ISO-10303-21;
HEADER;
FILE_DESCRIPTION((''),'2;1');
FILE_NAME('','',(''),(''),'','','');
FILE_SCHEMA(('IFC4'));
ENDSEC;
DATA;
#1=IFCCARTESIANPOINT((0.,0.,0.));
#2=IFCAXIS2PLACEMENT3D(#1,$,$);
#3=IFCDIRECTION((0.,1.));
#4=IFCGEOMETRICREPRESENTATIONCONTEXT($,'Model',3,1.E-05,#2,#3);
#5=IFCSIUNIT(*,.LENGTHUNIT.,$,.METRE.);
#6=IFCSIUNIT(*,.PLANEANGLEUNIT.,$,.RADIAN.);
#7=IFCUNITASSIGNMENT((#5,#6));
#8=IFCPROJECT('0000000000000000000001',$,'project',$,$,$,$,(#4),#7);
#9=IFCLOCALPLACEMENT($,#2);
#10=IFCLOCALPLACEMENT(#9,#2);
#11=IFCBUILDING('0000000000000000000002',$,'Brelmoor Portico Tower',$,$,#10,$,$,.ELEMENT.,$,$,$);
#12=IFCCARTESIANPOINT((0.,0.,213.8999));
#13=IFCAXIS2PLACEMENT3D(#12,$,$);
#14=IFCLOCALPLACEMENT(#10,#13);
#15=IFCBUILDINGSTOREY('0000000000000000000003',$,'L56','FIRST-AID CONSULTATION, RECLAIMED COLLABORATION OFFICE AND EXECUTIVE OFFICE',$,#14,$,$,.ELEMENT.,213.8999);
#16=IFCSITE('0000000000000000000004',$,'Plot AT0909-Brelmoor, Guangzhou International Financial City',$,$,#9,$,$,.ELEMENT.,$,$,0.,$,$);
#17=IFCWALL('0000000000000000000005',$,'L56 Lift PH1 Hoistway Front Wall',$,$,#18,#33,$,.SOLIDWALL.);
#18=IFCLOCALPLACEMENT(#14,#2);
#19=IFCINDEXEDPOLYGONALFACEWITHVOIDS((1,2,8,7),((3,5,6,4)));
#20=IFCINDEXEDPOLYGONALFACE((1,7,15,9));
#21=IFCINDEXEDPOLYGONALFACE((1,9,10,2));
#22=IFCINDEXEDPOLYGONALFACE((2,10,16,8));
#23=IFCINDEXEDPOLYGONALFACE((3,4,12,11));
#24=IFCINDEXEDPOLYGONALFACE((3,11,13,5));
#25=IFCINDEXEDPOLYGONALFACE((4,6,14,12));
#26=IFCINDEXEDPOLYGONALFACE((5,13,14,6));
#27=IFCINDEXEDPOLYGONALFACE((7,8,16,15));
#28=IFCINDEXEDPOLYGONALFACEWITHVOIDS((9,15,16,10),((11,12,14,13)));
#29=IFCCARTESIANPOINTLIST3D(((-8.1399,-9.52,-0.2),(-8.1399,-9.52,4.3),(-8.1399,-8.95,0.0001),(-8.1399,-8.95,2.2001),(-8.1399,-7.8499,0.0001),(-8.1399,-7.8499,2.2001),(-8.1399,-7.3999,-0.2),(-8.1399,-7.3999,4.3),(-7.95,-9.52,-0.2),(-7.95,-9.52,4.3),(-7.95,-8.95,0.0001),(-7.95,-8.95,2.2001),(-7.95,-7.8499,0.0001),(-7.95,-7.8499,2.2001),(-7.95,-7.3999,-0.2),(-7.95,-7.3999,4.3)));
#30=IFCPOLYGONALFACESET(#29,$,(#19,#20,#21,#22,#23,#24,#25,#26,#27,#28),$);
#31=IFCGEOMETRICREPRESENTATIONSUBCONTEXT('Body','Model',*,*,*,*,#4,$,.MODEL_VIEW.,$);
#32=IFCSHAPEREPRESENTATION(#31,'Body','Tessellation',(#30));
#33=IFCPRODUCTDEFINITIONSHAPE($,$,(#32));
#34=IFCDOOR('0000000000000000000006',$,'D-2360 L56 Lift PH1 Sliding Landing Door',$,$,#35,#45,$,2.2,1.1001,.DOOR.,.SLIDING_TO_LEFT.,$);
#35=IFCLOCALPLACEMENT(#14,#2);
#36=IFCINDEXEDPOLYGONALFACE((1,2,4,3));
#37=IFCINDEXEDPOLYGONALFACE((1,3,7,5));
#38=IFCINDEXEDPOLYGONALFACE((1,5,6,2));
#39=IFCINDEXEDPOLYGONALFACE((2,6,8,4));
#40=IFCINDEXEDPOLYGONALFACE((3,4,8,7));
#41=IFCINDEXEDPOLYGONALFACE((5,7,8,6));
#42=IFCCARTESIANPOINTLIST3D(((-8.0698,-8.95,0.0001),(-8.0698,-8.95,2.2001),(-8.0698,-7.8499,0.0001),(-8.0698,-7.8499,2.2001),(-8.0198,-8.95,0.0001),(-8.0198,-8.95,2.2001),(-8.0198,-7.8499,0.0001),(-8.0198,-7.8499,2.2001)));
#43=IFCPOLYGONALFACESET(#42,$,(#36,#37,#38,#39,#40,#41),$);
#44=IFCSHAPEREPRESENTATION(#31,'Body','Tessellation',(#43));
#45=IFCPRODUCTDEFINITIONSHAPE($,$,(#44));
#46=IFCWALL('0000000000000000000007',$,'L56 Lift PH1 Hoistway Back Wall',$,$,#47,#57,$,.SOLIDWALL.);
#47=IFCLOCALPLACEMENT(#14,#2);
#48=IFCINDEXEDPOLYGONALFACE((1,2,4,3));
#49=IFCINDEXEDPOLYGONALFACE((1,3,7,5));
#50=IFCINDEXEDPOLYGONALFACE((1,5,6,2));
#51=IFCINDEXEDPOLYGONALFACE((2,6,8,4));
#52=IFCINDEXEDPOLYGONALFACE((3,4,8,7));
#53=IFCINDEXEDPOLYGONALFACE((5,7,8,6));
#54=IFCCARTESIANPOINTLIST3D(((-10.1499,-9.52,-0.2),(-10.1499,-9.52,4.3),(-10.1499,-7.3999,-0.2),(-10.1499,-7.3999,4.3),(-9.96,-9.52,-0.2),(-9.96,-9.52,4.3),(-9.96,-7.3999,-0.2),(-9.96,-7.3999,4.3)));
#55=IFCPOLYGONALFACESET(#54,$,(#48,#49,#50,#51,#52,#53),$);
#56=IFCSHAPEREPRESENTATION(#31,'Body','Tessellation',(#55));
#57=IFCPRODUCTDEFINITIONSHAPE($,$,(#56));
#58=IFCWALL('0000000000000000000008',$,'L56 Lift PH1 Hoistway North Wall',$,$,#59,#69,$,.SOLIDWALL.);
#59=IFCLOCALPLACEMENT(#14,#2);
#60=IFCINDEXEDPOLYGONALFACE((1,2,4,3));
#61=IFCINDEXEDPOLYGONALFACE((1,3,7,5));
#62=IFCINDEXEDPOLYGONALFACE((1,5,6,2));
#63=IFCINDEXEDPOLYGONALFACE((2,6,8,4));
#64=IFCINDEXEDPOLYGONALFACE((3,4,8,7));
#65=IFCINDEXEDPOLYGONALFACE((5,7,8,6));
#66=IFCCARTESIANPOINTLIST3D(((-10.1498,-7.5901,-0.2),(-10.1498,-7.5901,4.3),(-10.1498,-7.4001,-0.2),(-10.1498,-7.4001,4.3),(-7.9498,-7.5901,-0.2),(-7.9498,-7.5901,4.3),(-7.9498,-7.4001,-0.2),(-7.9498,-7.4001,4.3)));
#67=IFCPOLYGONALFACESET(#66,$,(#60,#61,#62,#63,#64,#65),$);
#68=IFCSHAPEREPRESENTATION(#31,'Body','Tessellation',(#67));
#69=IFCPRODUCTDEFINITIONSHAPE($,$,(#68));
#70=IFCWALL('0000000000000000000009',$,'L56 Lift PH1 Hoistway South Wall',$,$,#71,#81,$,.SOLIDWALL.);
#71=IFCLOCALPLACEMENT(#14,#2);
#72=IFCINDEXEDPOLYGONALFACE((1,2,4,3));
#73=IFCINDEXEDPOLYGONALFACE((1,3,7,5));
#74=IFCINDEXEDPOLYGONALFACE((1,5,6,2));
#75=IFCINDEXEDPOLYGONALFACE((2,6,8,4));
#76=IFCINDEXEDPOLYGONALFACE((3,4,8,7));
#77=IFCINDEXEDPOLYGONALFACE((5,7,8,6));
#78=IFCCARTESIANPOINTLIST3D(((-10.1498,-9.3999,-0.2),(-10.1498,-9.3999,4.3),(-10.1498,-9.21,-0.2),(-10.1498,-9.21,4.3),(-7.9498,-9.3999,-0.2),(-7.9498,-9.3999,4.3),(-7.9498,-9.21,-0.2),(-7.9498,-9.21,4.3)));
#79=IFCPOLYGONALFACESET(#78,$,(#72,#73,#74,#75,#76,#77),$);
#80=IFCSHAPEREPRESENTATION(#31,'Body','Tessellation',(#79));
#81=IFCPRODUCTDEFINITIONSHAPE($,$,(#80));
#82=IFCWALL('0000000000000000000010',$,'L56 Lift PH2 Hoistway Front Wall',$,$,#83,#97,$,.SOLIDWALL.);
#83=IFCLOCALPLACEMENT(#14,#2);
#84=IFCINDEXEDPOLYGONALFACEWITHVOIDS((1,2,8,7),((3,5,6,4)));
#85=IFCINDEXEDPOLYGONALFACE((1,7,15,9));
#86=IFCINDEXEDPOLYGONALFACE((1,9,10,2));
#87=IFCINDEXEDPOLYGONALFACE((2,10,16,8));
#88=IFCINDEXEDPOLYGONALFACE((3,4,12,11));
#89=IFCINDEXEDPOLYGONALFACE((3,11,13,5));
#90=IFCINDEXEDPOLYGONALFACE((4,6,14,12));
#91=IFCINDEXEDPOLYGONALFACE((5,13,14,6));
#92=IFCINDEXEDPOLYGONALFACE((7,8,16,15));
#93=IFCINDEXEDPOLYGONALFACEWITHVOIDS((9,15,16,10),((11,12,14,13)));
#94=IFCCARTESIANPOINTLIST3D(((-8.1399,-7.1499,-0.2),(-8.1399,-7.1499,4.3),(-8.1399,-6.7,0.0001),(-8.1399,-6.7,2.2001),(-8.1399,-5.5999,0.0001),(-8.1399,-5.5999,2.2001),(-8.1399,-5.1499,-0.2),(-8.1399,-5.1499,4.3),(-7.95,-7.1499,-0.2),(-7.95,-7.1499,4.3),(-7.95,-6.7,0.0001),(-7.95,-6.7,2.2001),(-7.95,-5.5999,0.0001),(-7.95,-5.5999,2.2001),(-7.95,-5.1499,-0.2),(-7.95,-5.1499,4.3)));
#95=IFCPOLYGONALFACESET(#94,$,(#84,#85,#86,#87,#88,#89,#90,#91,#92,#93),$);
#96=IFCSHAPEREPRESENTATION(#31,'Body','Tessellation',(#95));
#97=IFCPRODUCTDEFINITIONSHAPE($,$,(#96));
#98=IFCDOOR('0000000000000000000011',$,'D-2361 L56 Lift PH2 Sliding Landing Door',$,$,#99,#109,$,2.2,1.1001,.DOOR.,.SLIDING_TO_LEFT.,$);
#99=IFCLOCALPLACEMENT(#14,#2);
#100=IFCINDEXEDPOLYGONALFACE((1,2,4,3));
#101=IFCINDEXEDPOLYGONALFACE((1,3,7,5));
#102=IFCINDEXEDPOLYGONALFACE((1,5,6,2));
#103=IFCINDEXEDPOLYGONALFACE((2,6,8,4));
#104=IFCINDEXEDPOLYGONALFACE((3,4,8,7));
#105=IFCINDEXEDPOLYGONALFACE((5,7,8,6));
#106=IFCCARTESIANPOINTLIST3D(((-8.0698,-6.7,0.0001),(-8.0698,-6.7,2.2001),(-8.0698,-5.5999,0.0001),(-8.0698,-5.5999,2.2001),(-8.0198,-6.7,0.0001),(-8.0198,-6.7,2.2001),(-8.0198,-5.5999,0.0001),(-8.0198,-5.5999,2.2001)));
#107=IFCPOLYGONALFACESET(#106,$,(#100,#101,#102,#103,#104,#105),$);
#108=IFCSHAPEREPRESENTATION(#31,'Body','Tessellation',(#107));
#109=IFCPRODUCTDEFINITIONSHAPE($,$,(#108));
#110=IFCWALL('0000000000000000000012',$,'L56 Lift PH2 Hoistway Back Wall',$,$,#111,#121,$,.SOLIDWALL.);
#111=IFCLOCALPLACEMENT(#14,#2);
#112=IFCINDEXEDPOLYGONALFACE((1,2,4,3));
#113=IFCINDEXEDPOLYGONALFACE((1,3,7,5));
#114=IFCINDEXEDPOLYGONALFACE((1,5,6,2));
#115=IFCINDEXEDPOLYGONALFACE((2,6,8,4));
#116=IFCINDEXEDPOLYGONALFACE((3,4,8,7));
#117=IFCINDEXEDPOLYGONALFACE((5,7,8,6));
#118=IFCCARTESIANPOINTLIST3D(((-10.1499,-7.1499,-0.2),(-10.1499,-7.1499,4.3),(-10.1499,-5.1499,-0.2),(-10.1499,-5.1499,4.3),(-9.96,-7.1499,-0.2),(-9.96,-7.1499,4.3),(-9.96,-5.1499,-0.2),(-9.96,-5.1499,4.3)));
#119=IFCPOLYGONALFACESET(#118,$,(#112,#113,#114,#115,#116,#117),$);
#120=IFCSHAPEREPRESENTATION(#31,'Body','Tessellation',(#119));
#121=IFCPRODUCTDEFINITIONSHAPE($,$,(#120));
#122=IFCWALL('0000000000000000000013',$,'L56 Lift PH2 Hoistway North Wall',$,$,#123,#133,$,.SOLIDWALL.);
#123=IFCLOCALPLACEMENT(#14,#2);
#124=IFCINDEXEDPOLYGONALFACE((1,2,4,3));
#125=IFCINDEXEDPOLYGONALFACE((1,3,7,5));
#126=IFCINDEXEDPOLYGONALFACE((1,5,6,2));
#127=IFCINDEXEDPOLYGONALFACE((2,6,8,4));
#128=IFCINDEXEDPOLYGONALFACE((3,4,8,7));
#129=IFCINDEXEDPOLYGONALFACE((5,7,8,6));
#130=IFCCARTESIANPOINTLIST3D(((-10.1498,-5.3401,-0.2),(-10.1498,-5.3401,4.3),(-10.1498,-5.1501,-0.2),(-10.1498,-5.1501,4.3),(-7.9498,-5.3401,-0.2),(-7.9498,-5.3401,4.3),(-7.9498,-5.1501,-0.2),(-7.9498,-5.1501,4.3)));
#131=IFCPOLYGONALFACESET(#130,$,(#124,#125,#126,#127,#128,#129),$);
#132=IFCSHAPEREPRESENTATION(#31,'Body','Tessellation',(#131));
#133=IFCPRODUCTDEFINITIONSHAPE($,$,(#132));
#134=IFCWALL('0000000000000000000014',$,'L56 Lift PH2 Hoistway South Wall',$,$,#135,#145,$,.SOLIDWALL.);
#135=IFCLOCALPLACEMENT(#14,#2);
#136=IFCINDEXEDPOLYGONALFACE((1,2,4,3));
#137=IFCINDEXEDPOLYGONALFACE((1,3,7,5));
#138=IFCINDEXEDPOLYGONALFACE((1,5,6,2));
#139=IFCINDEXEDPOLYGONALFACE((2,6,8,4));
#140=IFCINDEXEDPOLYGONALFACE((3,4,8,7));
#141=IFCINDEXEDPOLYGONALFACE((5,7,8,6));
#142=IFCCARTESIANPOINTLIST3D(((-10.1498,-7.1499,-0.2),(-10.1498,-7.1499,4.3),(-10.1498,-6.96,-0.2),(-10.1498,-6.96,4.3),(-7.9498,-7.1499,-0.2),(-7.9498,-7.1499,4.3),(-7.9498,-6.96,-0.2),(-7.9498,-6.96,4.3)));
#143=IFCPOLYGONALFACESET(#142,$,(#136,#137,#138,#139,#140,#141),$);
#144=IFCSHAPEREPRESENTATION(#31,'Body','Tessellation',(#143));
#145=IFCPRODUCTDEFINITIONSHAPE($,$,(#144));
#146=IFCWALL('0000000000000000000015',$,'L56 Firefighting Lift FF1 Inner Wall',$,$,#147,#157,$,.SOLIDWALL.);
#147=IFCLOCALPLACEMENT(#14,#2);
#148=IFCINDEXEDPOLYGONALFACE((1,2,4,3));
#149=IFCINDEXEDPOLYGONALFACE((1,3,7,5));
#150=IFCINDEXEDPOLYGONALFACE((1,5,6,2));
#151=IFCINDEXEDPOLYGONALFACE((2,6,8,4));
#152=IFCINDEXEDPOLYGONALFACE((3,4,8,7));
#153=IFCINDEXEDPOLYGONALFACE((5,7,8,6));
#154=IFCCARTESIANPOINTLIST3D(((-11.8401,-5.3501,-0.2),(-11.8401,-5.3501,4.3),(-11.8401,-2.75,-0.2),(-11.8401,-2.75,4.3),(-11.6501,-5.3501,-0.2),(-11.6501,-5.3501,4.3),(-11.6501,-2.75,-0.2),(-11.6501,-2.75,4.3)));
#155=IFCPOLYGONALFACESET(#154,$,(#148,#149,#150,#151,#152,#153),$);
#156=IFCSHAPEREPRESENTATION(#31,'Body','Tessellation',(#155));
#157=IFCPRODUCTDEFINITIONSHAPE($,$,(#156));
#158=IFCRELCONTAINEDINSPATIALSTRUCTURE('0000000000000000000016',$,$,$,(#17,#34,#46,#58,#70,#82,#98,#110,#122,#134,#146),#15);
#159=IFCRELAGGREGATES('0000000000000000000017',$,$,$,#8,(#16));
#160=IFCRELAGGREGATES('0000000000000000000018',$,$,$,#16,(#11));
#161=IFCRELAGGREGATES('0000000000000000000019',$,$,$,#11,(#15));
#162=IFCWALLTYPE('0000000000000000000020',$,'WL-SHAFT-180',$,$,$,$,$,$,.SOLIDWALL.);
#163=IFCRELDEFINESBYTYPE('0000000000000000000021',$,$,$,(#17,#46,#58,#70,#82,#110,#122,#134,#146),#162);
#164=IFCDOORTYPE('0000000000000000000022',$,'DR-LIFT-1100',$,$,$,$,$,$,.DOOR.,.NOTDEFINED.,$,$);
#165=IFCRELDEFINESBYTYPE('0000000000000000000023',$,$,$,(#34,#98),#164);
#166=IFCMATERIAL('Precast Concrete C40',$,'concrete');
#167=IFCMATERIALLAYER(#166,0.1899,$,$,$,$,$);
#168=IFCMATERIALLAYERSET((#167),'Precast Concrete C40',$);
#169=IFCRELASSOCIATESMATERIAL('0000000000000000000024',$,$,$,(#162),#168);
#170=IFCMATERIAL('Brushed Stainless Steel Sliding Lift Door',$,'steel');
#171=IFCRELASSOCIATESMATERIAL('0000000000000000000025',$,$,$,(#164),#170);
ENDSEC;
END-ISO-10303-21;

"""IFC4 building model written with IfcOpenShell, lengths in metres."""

from ifc_helpers import new_model, si_unit, direction, frame, frame_2d, origin, place, context, subcontext, project, spatial, rectangle, extrude, material, layer, layer_set, type_object, element, fill, save


model = new_model("IFC4")

# Units and contexts
model_context = context("Model", 3, precision=1e-05, world=origin(), true_north=direction((0.0, 1.0)))
body_context = subcontext(model_context, "Body", "Model", "MODEL_VIEW")
ifc_project = project(units=[si_unit("LENGTHUNIT", "METRE"), si_unit("PLANEANGLEUNIT", "RADIAN")], contexts=[model_context])

# Site, building, storey
site_placement = place(None, origin())
site = spatial("IfcSite", under=ifc_project, at=site_placement, Name="Plot AT0909-Brelmoor, Guangzhou International Financial City", CompositionType="ELEMENT", RefElevation=0.0)
building_placement = place(site_placement, origin())
building = spatial("IfcBuilding", under=site, at=building_placement, Name="Brelmoor Portico Tower", CompositionType="ELEMENT")
storey_placement = place(building_placement, frame((0.0, 0.0, 213.8999)))
storey = spatial("IfcBuildingStorey", under=building, at=storey_placement, Name="L56", Description="FIRST-AID CONSULTATION, RECLAIMED COLLABORATION OFFICE AND EXECUTIVE OFFICE", CompositionType="ELEMENT", Elevation=213.8999)

# Wall, opening, door
ifc_material_1 = material(Name="Precast Concrete C40", Category="concrete")
ifc_layer_1 = layer(ifc_material_1, 0.1899)
ifc_layer_set_1 = layer_set([ifc_layer_1], Name="Precast Concrete C40")
wall_type_1 = type_object("IfcWallType", Name="WL-SHAFT-180", PredefinedType="SOLIDWALL", material=ifc_layer_set_1)
wall_1_placement = place(storey_placement, frame((-8.0449, -9.52, -0.2), z_axis=(0.0, 0.0, 1.0), x_axis=(0.0, 1.0, 0.0)))
wall_1 = element("IfcWall", 1, at=wall_1_placement, inside=storey, type_object=wall_type_1, Name="L56 Lift PH1 Hoistway Front Wall", PredefinedType="SOLIDWALL", context=body_context, shape_type="SweptSolid", body=[
    extrude(rectangle(XDim=2.1201, YDim=0.1899, at=frame_2d((1.0601, 0.0))), origin(), (0.0, 0.0, 1.0), 4.5),
])
opening_1_placement = place(wall_1_placement, frame((0.5701, 0.0, 0.2)))
opening_1 = element("IfcOpeningElement", 2, at=opening_1_placement, cuts=wall_1, PredefinedType="OPENING", context=body_context, shape_type="SweptSolid", body=[
    extrude(rectangle(XDim=1.1001, YDim=2.2, at=frame_2d((0.55, 1.1001))), frame((0.0, 0.105, 0.0), z_axis=(0.0, -1.0, 0.0), x_axis=(1.0, 0.0, 0.0)), (0.0, 0.0, 1.0), 0.21),
])
ifc_material_2 = material(Name="Brushed Stainless Steel Sliding Lift Door", Category="steel")
door_type_1 = type_object("IfcDoorType", Name="DR-LIFT-1100", OperationType="NOTDEFINED", PredefinedType="DOOR", material=ifc_material_2)
door_1_placement = place(opening_1_placement, origin())
door_1 = element("IfcDoor", 3, at=door_1_placement, inside=storey, type_object=door_type_1, Name="D-2360 L56 Lift PH1 Sliding Landing Door", OperationType="SLIDING_TO_LEFT", OverallHeight=2.2, OverallWidth=1.1001, PredefinedType="DOOR", context=body_context, shape_type="SweptSolid", body=[
    extrude(rectangle(XDim=1.1001, YDim=2.2, at=frame_2d((0.55, 1.1001))), frame((0.0, 0.0249, 0.0), z_axis=(0.0, -1.0, 0.0), x_axis=(1.0, 0.0, 0.0)), (0.0, 0.0, 1.0), 0.05),
])
fill(opening_1, door_1)

# Walls
wall_2_placement = place(storey_placement, frame((-10.0549, -9.52, -0.2), z_axis=(0.0, 0.0, 1.0), x_axis=(0.0, 1.0, 0.0)))
element("IfcWall", 4, at=wall_2_placement, inside=storey, type_object=wall_type_1, Name="L56 Lift PH1 Hoistway Back Wall", PredefinedType="SOLIDWALL", context=body_context, shape_type="SweptSolid", body=[
    extrude(rectangle(XDim=2.1201, YDim=0.1899, at=frame_2d((1.0601, 0.0))), origin(), (0.0, 0.0, 1.0), 4.5),
])
for number, where, z_axis, x_axis, name in (
    (5, (-10.1499, -7.4951, -0.2), (0.0, 0.0, 1.0), (1.0, 0.0, 0.0), "L56 Lift PH1 Hoistway North Wall"),
    (6, (-10.1499, -9.3049, -0.2), (0.0, 0.0, 1.0), (1.0, 0.0, 0.0), "L56 Lift PH1 Hoistway South Wall"),
):
    element("IfcWall", number, at=place(storey_placement, frame(where, z_axis=z_axis, x_axis=x_axis)), inside=storey, type_object=wall_type_1, Name=name, PredefinedType="SOLIDWALL", context=body_context, shape_type="SweptSolid", body=[
        extrude(rectangle(XDim=2.2, YDim=0.1899, at=frame_2d((1.1001, 0.0))), origin(), (0.0, 0.0, 1.0), 4.5),
    ])

# Wall, opening, door
wall_3_placement = place(storey_placement, frame((-8.0449, -7.1499, -0.2), z_axis=(0.0, 0.0, 1.0), x_axis=(0.0, 1.0, 0.0)))
wall_3 = element("IfcWall", 7, at=wall_3_placement, inside=storey, type_object=wall_type_1, Name="L56 Lift PH2 Hoistway Front Wall", PredefinedType="SOLIDWALL", context=body_context, shape_type="SweptSolid", body=[
    extrude(rectangle(XDim=2.0, YDim=0.1899, at=frame_2d((1.0, 0.0))), origin(), (0.0, 0.0, 1.0), 4.5),
])
opening_2_placement = place(wall_3_placement, frame((0.45, 0.0, 0.2)))
opening_2 = element("IfcOpeningElement", 8, at=opening_2_placement, cuts=wall_3, PredefinedType="OPENING", context=body_context, shape_type="SweptSolid", body=[
    extrude(rectangle(XDim=1.1001, YDim=2.2, at=frame_2d((0.55, 1.1001))), frame((0.0, 0.105, 0.0), z_axis=(0.0, -1.0, 0.0), x_axis=(1.0, 0.0, 0.0)), (0.0, 0.0, 1.0), 0.21),
])
door_2_placement = place(opening_2_placement, origin())
door_2 = element("IfcDoor", 9, at=door_2_placement, inside=storey, type_object=door_type_1, Name="D-2361 L56 Lift PH2 Sliding Landing Door", OperationType="SLIDING_TO_LEFT", OverallHeight=2.2, OverallWidth=1.1001, PredefinedType="DOOR", context=body_context, shape_type="SweptSolid", body=[
    extrude(rectangle(XDim=1.1001, YDim=2.2, at=frame_2d((0.55, 1.1001))), frame((0.0, 0.0249, 0.0), z_axis=(0.0, -1.0, 0.0), x_axis=(1.0, 0.0, 0.0)), (0.0, 0.0, 1.0), 0.05),
])
fill(opening_2, door_2)

# Walls
wall_4_placement = place(storey_placement, frame((-10.0549, -7.1499, -0.2), z_axis=(0.0, 0.0, 1.0), x_axis=(0.0, 1.0, 0.0)))
element("IfcWall", 10, at=wall_4_placement, inside=storey, type_object=wall_type_1, Name="L56 Lift PH2 Hoistway Back Wall", PredefinedType="SOLIDWALL", context=body_context, shape_type="SweptSolid", body=[
    extrude(rectangle(XDim=2.0, YDim=0.1899, at=frame_2d((1.0, 0.0))), origin(), (0.0, 0.0, 1.0), 4.5),
])
for number, where, z_axis, x_axis, name in (
    (11, (-10.1499, -5.2451, -0.2), (0.0, 0.0, 1.0), (1.0, 0.0, 0.0), "L56 Lift PH2 Hoistway North Wall"),
    (12, (-10.1499, -7.0549, -0.2), (0.0, 0.0, 1.0), (1.0, 0.0, 0.0), "L56 Lift PH2 Hoistway South Wall"),
):
    element("IfcWall", number, at=place(storey_placement, frame(where, z_axis=z_axis, x_axis=x_axis)), inside=storey, type_object=wall_type_1, Name=name, PredefinedType="SOLIDWALL", context=body_context, shape_type="SweptSolid", body=[
        extrude(rectangle(XDim=2.2, YDim=0.1899, at=frame_2d((1.1001, 0.0))), origin(), (0.0, 0.0, 1.0), 4.5),
    ])
wall_5_placement = place(storey_placement, frame((-11.7451, -5.3501, -0.2), z_axis=(0.0, 0.0, 1.0), x_axis=(0.0, 1.0, 0.0)))
element("IfcWall", 13, at=wall_5_placement, inside=storey, type_object=wall_type_1, Name="L56 Firefighting Lift FF1 Inner Wall", PredefinedType="SOLIDWALL", context=body_context, shape_type="SweptSolid", body=[
    extrude(rectangle(XDim=2.6001, YDim=0.1899, at=frame_2d((1.3, 0.0))), origin(), (0.0, 0.0, 1.0), 4.5),
])

save(model, "model.ifc")
